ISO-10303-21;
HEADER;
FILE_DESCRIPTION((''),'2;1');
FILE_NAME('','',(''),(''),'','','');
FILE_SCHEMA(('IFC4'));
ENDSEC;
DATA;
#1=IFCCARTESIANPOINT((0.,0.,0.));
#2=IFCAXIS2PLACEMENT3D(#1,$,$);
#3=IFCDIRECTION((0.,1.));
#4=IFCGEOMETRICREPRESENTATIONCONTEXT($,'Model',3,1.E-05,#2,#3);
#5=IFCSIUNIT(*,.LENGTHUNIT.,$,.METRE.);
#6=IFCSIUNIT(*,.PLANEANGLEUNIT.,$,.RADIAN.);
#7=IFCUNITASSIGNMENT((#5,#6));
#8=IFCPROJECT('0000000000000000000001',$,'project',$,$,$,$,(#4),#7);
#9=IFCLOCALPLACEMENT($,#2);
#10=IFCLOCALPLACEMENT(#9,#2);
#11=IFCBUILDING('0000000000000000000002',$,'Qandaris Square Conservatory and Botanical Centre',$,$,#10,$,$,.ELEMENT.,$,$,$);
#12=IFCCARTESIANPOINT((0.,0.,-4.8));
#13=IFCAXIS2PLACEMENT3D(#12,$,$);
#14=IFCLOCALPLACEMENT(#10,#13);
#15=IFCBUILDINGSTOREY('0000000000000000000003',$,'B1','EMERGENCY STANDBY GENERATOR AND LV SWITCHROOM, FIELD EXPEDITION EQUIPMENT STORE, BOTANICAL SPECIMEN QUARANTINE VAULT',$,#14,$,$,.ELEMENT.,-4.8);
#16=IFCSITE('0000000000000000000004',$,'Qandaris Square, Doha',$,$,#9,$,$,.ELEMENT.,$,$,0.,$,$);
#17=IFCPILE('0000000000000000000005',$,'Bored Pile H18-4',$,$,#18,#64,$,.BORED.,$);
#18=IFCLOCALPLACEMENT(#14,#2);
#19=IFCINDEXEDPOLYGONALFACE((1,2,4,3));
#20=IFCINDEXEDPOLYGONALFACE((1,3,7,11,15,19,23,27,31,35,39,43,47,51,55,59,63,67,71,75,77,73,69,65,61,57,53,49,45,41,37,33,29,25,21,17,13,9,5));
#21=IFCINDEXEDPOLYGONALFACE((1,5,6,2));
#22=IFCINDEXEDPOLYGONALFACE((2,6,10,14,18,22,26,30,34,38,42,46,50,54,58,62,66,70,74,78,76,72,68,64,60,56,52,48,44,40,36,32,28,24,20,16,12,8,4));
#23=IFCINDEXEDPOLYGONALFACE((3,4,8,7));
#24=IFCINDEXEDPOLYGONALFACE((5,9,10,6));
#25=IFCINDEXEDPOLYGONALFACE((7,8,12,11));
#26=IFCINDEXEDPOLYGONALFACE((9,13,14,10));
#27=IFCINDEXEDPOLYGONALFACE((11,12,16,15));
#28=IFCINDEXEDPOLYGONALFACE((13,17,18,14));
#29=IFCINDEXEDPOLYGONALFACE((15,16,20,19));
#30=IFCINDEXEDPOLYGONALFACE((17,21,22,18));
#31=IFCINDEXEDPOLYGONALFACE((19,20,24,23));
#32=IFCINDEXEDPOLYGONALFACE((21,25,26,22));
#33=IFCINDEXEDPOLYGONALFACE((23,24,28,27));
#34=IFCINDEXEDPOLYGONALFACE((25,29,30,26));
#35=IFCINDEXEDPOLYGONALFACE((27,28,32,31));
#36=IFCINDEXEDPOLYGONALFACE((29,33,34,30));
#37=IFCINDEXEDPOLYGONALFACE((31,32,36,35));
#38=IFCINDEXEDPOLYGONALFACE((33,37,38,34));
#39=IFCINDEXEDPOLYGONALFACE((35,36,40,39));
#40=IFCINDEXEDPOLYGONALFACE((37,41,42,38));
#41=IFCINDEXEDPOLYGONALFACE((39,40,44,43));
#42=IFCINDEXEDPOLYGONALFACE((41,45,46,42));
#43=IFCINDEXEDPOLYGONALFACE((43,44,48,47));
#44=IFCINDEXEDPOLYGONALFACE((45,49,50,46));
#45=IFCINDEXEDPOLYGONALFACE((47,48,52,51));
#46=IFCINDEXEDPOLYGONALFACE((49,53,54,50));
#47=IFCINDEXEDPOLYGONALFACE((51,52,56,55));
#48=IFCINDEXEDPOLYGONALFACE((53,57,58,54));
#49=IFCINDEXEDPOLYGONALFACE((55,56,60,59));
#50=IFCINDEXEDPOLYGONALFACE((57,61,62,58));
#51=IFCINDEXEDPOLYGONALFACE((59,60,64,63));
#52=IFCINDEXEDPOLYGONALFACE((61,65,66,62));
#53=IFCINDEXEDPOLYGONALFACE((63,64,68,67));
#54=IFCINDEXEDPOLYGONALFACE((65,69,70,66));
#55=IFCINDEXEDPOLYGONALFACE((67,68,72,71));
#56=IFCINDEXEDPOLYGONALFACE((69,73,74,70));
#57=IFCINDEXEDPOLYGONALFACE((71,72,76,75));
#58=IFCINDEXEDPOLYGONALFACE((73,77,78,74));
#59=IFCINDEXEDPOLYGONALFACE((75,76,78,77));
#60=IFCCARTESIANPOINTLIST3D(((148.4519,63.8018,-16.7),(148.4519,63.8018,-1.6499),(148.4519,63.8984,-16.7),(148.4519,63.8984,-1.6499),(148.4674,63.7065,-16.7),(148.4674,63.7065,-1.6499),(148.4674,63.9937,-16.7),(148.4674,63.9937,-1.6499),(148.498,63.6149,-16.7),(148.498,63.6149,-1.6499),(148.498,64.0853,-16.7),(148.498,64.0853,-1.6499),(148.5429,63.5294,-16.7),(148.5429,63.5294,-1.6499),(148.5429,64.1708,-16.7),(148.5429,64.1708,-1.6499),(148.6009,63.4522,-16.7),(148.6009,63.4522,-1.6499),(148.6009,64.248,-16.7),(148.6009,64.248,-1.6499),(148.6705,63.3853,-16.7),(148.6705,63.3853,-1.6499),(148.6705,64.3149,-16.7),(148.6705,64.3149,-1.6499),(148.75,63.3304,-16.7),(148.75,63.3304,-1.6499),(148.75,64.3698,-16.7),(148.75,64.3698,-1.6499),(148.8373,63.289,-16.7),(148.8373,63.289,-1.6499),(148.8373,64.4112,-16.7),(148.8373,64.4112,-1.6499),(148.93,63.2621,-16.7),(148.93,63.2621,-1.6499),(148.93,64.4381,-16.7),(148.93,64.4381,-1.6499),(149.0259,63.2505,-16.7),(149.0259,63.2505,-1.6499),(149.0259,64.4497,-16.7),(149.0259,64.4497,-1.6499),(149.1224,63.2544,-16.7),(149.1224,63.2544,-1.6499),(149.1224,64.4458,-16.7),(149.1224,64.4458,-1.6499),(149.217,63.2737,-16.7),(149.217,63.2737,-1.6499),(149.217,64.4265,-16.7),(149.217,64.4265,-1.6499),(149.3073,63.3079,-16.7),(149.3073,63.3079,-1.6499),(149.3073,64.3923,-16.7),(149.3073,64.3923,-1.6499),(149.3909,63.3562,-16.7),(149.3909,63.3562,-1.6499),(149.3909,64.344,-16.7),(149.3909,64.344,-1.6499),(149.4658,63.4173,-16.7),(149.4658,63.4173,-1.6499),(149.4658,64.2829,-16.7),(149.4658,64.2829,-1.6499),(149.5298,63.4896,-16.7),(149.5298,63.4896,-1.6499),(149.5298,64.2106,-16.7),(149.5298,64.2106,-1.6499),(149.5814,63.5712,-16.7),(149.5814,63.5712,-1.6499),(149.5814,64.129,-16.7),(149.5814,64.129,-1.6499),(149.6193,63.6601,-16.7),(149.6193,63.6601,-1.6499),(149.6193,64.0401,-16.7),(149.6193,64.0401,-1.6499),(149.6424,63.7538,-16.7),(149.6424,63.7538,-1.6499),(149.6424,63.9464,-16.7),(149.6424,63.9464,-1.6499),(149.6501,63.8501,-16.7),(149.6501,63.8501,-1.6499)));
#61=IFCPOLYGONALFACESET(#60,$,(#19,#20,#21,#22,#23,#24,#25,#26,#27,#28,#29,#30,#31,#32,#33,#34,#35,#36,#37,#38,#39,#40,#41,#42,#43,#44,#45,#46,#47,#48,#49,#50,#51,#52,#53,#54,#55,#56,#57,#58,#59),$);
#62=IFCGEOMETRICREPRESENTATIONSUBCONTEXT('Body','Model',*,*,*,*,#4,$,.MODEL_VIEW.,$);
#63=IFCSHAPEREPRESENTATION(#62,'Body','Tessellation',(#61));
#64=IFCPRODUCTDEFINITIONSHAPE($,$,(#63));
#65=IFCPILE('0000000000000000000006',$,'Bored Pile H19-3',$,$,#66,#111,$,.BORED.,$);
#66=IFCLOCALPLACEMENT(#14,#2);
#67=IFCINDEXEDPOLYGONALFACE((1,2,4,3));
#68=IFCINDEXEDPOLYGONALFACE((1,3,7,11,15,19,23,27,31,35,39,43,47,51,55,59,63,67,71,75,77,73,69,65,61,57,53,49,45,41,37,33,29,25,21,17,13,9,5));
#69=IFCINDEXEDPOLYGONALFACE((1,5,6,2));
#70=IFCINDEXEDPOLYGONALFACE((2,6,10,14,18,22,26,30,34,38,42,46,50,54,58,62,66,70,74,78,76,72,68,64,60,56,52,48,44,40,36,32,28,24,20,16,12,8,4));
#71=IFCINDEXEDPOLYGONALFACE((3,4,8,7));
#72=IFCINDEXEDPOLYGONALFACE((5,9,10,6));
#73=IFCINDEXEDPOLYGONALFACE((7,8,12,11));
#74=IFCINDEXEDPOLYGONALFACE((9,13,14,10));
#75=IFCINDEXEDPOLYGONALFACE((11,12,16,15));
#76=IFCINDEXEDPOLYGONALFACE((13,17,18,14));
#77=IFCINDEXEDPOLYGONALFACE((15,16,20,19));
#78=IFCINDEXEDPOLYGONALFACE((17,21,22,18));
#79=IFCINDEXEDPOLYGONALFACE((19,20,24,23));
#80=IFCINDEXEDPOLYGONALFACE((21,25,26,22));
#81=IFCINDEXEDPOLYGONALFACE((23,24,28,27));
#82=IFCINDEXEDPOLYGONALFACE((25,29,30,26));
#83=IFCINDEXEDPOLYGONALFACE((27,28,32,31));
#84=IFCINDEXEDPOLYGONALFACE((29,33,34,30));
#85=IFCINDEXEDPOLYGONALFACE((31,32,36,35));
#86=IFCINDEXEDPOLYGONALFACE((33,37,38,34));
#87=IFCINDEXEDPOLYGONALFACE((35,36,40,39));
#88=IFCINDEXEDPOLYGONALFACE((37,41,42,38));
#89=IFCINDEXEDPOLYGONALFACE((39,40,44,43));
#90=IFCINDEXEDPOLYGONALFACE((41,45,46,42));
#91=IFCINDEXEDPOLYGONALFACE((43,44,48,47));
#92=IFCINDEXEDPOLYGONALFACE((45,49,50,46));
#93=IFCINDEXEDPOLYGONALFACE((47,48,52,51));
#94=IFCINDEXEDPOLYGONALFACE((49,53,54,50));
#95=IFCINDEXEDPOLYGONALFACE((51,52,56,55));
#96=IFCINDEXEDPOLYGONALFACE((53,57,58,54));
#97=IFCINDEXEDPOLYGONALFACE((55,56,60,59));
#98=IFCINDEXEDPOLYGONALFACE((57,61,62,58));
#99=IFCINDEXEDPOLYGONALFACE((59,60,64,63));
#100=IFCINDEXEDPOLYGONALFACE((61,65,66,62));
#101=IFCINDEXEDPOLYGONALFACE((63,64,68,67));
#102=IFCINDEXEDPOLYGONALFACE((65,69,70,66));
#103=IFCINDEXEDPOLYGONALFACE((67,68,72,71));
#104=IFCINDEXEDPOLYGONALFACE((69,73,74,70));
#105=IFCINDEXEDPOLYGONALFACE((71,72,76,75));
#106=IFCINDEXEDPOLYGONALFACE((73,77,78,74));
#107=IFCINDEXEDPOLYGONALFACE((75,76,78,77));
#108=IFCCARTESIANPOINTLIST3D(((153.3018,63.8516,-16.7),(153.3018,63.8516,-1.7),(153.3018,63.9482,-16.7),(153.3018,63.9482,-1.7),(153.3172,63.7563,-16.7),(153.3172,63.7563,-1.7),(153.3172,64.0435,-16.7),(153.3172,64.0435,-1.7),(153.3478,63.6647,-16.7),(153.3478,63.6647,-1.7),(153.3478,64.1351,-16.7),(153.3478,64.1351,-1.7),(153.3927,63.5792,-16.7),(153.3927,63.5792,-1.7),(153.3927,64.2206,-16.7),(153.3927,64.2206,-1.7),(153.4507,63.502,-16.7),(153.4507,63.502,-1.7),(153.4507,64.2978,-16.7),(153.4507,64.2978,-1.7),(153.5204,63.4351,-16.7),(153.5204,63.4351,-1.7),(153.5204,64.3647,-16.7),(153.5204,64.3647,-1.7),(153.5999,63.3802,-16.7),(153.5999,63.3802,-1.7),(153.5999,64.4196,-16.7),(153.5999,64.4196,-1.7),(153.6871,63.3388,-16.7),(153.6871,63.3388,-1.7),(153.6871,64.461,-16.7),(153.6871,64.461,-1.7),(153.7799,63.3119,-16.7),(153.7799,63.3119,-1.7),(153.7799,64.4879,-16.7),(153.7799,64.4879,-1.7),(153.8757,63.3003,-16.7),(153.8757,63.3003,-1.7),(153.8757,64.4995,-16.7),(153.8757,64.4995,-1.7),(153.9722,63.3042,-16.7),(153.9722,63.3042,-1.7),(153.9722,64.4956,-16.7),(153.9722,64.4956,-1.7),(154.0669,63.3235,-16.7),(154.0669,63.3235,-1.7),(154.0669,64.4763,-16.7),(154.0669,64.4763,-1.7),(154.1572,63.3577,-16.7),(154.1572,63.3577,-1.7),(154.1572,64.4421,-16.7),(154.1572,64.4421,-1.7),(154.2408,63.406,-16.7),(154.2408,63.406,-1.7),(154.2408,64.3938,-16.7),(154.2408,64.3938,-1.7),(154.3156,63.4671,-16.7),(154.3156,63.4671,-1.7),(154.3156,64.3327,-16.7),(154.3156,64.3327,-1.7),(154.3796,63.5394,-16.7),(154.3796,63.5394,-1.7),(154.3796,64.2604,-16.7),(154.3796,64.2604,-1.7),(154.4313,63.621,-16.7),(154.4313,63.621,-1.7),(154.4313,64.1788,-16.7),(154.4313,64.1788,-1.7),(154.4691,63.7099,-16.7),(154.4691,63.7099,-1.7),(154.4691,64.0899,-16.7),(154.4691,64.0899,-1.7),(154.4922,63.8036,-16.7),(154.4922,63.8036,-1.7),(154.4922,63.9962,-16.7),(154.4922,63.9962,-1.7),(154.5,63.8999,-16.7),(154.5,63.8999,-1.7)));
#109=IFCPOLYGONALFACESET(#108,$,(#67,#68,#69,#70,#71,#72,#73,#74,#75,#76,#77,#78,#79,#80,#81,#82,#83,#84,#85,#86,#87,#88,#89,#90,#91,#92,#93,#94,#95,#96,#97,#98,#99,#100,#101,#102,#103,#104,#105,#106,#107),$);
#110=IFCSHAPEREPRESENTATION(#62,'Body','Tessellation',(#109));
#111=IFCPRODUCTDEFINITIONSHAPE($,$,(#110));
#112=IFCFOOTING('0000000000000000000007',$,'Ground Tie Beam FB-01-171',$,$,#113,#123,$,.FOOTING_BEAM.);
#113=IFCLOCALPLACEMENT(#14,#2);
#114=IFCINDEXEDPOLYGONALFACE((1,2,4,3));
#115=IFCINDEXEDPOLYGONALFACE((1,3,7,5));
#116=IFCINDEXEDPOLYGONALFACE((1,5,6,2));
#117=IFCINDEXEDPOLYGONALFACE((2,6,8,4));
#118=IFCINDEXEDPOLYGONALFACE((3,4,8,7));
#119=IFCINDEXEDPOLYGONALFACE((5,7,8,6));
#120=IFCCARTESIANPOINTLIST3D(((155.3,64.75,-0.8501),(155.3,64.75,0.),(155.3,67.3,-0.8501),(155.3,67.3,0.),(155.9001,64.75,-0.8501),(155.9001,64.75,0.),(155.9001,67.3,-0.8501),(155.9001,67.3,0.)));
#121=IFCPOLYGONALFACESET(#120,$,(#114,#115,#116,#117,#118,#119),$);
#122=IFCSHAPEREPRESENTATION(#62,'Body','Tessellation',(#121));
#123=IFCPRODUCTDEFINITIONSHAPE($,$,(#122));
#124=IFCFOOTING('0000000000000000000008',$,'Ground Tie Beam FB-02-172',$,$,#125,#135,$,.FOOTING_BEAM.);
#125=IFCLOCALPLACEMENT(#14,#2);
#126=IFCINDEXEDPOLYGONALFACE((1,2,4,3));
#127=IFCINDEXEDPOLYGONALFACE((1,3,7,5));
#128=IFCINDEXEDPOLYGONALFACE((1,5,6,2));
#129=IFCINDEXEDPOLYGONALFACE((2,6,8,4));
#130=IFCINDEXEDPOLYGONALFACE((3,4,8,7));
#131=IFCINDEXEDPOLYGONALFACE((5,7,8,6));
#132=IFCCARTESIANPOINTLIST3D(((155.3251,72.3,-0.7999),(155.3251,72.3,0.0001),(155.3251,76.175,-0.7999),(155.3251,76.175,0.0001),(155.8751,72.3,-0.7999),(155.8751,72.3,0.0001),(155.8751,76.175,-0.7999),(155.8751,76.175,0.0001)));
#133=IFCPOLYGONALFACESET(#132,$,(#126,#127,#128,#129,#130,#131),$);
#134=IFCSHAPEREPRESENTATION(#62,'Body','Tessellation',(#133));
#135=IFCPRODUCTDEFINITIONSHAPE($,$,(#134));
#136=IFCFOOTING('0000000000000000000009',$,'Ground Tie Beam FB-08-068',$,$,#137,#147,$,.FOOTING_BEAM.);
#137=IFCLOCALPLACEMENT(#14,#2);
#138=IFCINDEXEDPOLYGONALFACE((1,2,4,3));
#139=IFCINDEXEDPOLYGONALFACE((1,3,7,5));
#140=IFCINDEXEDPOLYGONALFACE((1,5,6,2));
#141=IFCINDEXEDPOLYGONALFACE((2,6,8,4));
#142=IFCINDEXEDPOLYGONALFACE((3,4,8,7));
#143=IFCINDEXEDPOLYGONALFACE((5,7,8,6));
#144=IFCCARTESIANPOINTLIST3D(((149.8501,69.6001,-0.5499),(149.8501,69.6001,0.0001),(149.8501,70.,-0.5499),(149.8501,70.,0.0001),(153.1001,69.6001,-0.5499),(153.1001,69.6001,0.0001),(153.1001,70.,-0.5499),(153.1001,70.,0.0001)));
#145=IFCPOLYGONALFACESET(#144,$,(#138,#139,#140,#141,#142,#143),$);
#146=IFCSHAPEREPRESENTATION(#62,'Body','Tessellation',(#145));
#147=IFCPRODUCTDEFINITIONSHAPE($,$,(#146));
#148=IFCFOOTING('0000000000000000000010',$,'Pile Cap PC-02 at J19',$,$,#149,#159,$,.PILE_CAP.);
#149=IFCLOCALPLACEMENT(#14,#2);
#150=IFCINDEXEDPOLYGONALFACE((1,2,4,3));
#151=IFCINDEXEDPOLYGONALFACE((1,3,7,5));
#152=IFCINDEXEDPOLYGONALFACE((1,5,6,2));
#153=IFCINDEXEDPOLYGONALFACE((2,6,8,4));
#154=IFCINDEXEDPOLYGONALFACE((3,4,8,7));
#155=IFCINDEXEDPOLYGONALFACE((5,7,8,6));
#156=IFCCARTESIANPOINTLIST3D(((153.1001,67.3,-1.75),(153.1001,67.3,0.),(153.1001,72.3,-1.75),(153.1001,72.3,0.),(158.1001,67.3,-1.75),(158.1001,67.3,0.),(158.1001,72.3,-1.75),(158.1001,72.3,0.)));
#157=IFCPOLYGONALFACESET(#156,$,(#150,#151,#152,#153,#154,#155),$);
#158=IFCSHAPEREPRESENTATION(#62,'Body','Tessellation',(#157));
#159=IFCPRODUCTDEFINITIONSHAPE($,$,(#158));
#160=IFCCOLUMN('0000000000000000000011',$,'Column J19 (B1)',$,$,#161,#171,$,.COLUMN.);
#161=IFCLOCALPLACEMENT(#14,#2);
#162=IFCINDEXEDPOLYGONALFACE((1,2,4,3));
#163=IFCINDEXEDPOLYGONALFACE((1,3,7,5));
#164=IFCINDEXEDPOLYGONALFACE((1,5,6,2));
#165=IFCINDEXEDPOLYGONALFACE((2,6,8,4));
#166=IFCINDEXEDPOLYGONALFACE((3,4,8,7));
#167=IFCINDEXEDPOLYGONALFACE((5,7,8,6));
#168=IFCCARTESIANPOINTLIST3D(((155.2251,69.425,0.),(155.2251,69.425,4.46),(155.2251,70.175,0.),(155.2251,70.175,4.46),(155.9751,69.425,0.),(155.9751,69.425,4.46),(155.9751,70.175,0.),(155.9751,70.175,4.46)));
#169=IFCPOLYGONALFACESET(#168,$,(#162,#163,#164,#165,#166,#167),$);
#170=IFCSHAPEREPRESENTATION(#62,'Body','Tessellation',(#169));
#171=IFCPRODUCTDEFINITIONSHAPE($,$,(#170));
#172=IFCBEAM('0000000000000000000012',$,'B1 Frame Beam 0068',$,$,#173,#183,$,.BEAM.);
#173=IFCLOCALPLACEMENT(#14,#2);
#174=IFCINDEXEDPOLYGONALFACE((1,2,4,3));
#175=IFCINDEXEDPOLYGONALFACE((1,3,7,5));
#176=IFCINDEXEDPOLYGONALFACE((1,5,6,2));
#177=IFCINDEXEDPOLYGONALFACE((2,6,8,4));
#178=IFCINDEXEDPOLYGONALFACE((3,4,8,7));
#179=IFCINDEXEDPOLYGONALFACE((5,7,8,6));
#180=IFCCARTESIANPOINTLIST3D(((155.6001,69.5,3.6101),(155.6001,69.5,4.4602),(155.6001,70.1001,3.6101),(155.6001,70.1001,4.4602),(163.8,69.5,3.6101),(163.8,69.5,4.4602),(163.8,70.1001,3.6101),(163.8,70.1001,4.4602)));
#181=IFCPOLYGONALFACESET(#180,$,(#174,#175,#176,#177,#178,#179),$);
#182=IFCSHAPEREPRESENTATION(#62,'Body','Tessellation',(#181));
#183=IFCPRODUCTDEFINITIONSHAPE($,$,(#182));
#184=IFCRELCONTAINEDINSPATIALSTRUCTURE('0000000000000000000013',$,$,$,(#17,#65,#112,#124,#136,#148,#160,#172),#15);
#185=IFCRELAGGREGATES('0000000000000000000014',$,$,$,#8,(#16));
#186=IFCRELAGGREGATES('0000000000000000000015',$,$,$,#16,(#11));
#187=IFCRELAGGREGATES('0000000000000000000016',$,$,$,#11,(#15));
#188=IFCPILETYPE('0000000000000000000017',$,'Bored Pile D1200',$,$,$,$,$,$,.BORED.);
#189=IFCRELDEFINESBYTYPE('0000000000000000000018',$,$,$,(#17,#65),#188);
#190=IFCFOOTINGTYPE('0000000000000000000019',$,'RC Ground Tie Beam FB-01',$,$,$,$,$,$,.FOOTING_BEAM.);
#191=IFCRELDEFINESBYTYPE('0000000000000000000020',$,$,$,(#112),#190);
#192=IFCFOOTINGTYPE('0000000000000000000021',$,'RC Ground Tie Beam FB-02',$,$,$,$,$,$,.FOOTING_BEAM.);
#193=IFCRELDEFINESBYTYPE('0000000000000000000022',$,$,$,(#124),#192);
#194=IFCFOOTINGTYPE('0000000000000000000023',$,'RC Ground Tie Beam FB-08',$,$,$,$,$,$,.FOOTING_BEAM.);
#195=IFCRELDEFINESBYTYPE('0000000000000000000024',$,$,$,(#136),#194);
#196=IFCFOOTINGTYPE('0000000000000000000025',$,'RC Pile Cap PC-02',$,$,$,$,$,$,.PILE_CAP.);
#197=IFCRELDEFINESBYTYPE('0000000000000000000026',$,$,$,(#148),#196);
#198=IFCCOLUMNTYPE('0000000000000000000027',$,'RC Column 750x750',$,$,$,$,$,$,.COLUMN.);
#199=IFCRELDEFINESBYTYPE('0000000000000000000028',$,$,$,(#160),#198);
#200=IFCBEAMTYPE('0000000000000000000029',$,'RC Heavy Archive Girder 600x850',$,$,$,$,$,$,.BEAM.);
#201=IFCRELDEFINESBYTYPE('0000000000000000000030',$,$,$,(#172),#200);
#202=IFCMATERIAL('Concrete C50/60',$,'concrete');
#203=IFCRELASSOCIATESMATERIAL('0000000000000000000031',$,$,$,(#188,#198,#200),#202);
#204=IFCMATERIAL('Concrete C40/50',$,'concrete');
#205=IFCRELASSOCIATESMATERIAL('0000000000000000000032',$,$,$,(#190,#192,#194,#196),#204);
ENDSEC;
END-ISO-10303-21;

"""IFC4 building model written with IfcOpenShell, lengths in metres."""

from ifc_helpers import new_model, si_unit, direction, frame, origin, origin_2d, place, context, subcontext, project, spatial, rectangle, circle, extrude, material, material_profile, profile_set, type_object, element, save


model = new_model("IFC4")

# Units and contexts
model_context = context("Model", 3, precision=1e-05, world=origin(), true_north=direction((0.0, 1.0)))
body_context = subcontext(model_context, "Body", "Model", "MODEL_VIEW")
ifc_project = project(units=[si_unit("LENGTHUNIT", "METRE"), si_unit("PLANEANGLEUNIT", "RADIAN")], contexts=[model_context])

# Site, building, storey
site_placement = place(None, origin())
site = spatial("IfcSite", under=ifc_project, at=site_placement, Name="Qandaris Square, Doha", CompositionType="ELEMENT", RefElevation=0.0)
building_placement = place(site_placement, origin())
building = spatial("IfcBuilding", under=site, at=building_placement, Name="Qandaris Square Conservatory and Botanical Centre", CompositionType="ELEMENT")
storey_placement = place(building_placement, frame((0.0, 0.0, -4.8)))
storey = spatial("IfcBuildingStorey", under=building, at=storey_placement, Name="B1", Description="EMERGENCY STANDBY GENERATOR AND LV SWITCHROOM, FIELD EXPEDITION EQUIPMENT STORE, BOTANICAL SPECIMEN QUARANTINE VAULT", CompositionType="ELEMENT", Elevation=-4.8)

# Piles
ifc_material_1 = material(Name="Concrete C50/60", Category="concrete")
ifc_material_profile_1 = material_profile(ifc_material_1, circle(Radius=0.6001, at=origin_2d()), Name="PILE D1200")
ifc_profile_set_1 = profile_set([ifc_material_profile_1], Name="Concrete C50/60")
pile_type_1 = type_object("IfcPileType", Name="Bored Pile D1200", PredefinedType="BORED", material=ifc_profile_set_1)
pile_1_placement = place(storey_placement, frame((149.05, 63.8501, -1.6499), z_axis=(0.0, 0.0, -1.0), x_axis=(1.0, 0.0, 0.0)))
element("IfcPile", 1, at=pile_1_placement, inside=storey, type_object=pile_type_1, Name="Bored Pile H18-4", PredefinedType="BORED", context=body_context, shape_type="SweptSolid", body=[
    extrude(circle(Radius=0.6001, at=origin_2d()), origin(), (0.0, 0.0, 1.0), 15.05),
])
pile_2_placement = place(storey_placement, frame((153.8999, 63.8999, -1.7), z_axis=(0.0, 0.0, -1.0), x_axis=(1.0, 0.0, 0.0)))
element("IfcPile", 2, at=pile_2_placement, inside=storey, type_object=pile_type_1, Name="Bored Pile H19-3", PredefinedType="BORED", context=body_context, shape_type="SweptSolid", body=[
    extrude(circle(Radius=0.6001, at=origin_2d()), origin(), (0.0, 0.0, 1.0), 15.0),
])

# Footings
ifc_material_2 = material(Name="Concrete C40/50", Category="concrete")
ifc_material_profile_2 = material_profile(ifc_material_2, rectangle(XDim=0.6001, YDim=0.8501, at=origin_2d()), Name="FB 600x850")
ifc_profile_set_2 = profile_set([ifc_material_profile_2], Name="Concrete C40/50")
footing_type_1 = type_object("IfcFootingType", Name="RC Ground Tie Beam FB-01", PredefinedType="FOOTING_BEAM", material=ifc_profile_set_2)
footing_1_placement = place(storey_placement, frame((155.6001, 64.75, -0.425), z_axis=(0.0, 1.0, 0.0), x_axis=(-1.0, 0.0, 0.0)))
element("IfcFooting", 3, at=footing_1_placement, inside=storey, type_object=footing_type_1, Name="Ground Tie Beam FB-01-171", PredefinedType="FOOTING_BEAM", context=body_context, shape_type="SweptSolid", body=[
    extrude(rectangle(XDim=0.6001, YDim=0.8501, at=origin_2d()), origin(), (0.0, 0.0, 1.0), 2.55),
])
ifc_material_profile_3 = material_profile(ifc_material_2, rectangle(XDim=0.55, YDim=0.8, at=origin_2d()), Name="FB 550x800")
ifc_profile_set_3 = profile_set([ifc_material_profile_3], Name="Concrete C40/50")
footing_type_2 = type_object("IfcFootingType", Name="RC Ground Tie Beam FB-02", PredefinedType="FOOTING_BEAM", material=ifc_profile_set_3)
footing_2_placement = place(storey_placement, frame((155.6001, 72.3, -0.3999), z_axis=(0.0, 1.0, 0.0), x_axis=(-1.0, 0.0, 0.0)))
element("IfcFooting", 4, at=footing_2_placement, inside=storey, type_object=footing_type_2, Name="Ground Tie Beam FB-02-172", PredefinedType="FOOTING_BEAM", context=body_context, shape_type="SweptSolid", body=[
    extrude(rectangle(XDim=0.55, YDim=0.8, at=origin_2d()), origin(), (0.0, 0.0, 1.0), 3.875),
])
ifc_material_profile_4 = material_profile(ifc_material_2, rectangle(XDim=0.3999, YDim=0.55, at=origin_2d()), Name="FB 400x550")
ifc_profile_set_4 = profile_set([ifc_material_profile_4], Name="Concrete C40/50")
footing_type_3 = type_object("IfcFootingType", Name="RC Ground Tie Beam FB-08", PredefinedType="FOOTING_BEAM", material=ifc_profile_set_4)
footing_3_placement = place(storey_placement, frame((149.8501, 69.8, -0.2749), z_axis=(1.0, 0.0, 0.0), x_axis=(0.0, 1.0, 0.0)))
element("IfcFooting", 5, at=footing_3_placement, inside=storey, type_object=footing_type_3, Name="Ground Tie Beam FB-08-068", PredefinedType="FOOTING_BEAM", context=body_context, shape_type="SweptSolid", body=[
    extrude(rectangle(XDim=0.3999, YDim=0.55, at=origin_2d()), origin(), (0.0, 0.0, 1.0), 3.25),
])
footing_type_4 = type_object("IfcFootingType", Name="RC Pile Cap PC-02", PredefinedType="PILE_CAP", material=ifc_material_2)
footing_4_placement = place(storey_placement, frame((155.6001, 69.8, -1.75), z_axis=(0.0, 0.0, 1.0), x_axis=(1.0, 0.0, 0.0)))
element("IfcFooting", 6, at=footing_4_placement, inside=storey, type_object=footing_type_4, Name="Pile Cap PC-02 at J19", PredefinedType="PILE_CAP", context=body_context, shape_type="SweptSolid", body=[
    extrude(rectangle(XDim=5.0, YDim=5.0, at=origin_2d()), origin(), (0.0, 0.0, 1.0), 1.75),
])

# Column
ifc_material_profile_5 = material_profile(ifc_material_1, rectangle(XDim=0.75, YDim=0.75, at=origin_2d()), Name="RC-COL 750x750")
ifc_profile_set_5 = profile_set([ifc_material_profile_5], Name="Concrete C50/60")
column_type = type_object("IfcColumnType", Name="RC Column 750x750", PredefinedType="COLUMN", material=ifc_profile_set_5)
column_placement = place(storey_placement, frame((155.6001, 69.8, 0.0), z_axis=(0.0, 0.0, 1.0), x_axis=(1.0, 0.0, 0.0)))
element("IfcColumn", 7, at=column_placement, inside=storey, type_object=column_type, Name="Column J19 (B1)", PredefinedType="COLUMN", context=body_context, shape_type="SweptSolid", body=[
    extrude(rectangle(XDim=0.75, YDim=0.75, at=origin_2d()), origin(), (0.0, 0.0, 1.0), 4.46),
])

# Beam
ifc_material_profile_6 = material_profile(ifc_material_1, rectangle(XDim=0.6001, YDim=0.8501, at=origin_2d()), Name="RC-BM 600x850")
ifc_profile_set_6 = profile_set([ifc_material_profile_6], Name="Concrete C50/60")
beam_type = type_object("IfcBeamType", Name="RC Heavy Archive Girder 600x850", PredefinedType="BEAM", material=ifc_profile_set_6)
beam_1_placement = place(storey_placement, frame((155.6001, 69.8, 4.0352), z_axis=(1.0, 0.0, 0.0), x_axis=(0.0, 1.0, 0.0)))
element("IfcBeam", 8, at=beam_1_placement, inside=storey, type_object=beam_type, Name="B1 Frame Beam 0068", PredefinedType="BEAM", context=body_context, shape_type="SweptSolid", body=[
    extrude(rectangle(XDim=0.6001, YDim=0.8501, at=origin_2d()), origin(), (0.0, 0.0, 1.0), 8.2),
])

save(model, "model.ifc")
